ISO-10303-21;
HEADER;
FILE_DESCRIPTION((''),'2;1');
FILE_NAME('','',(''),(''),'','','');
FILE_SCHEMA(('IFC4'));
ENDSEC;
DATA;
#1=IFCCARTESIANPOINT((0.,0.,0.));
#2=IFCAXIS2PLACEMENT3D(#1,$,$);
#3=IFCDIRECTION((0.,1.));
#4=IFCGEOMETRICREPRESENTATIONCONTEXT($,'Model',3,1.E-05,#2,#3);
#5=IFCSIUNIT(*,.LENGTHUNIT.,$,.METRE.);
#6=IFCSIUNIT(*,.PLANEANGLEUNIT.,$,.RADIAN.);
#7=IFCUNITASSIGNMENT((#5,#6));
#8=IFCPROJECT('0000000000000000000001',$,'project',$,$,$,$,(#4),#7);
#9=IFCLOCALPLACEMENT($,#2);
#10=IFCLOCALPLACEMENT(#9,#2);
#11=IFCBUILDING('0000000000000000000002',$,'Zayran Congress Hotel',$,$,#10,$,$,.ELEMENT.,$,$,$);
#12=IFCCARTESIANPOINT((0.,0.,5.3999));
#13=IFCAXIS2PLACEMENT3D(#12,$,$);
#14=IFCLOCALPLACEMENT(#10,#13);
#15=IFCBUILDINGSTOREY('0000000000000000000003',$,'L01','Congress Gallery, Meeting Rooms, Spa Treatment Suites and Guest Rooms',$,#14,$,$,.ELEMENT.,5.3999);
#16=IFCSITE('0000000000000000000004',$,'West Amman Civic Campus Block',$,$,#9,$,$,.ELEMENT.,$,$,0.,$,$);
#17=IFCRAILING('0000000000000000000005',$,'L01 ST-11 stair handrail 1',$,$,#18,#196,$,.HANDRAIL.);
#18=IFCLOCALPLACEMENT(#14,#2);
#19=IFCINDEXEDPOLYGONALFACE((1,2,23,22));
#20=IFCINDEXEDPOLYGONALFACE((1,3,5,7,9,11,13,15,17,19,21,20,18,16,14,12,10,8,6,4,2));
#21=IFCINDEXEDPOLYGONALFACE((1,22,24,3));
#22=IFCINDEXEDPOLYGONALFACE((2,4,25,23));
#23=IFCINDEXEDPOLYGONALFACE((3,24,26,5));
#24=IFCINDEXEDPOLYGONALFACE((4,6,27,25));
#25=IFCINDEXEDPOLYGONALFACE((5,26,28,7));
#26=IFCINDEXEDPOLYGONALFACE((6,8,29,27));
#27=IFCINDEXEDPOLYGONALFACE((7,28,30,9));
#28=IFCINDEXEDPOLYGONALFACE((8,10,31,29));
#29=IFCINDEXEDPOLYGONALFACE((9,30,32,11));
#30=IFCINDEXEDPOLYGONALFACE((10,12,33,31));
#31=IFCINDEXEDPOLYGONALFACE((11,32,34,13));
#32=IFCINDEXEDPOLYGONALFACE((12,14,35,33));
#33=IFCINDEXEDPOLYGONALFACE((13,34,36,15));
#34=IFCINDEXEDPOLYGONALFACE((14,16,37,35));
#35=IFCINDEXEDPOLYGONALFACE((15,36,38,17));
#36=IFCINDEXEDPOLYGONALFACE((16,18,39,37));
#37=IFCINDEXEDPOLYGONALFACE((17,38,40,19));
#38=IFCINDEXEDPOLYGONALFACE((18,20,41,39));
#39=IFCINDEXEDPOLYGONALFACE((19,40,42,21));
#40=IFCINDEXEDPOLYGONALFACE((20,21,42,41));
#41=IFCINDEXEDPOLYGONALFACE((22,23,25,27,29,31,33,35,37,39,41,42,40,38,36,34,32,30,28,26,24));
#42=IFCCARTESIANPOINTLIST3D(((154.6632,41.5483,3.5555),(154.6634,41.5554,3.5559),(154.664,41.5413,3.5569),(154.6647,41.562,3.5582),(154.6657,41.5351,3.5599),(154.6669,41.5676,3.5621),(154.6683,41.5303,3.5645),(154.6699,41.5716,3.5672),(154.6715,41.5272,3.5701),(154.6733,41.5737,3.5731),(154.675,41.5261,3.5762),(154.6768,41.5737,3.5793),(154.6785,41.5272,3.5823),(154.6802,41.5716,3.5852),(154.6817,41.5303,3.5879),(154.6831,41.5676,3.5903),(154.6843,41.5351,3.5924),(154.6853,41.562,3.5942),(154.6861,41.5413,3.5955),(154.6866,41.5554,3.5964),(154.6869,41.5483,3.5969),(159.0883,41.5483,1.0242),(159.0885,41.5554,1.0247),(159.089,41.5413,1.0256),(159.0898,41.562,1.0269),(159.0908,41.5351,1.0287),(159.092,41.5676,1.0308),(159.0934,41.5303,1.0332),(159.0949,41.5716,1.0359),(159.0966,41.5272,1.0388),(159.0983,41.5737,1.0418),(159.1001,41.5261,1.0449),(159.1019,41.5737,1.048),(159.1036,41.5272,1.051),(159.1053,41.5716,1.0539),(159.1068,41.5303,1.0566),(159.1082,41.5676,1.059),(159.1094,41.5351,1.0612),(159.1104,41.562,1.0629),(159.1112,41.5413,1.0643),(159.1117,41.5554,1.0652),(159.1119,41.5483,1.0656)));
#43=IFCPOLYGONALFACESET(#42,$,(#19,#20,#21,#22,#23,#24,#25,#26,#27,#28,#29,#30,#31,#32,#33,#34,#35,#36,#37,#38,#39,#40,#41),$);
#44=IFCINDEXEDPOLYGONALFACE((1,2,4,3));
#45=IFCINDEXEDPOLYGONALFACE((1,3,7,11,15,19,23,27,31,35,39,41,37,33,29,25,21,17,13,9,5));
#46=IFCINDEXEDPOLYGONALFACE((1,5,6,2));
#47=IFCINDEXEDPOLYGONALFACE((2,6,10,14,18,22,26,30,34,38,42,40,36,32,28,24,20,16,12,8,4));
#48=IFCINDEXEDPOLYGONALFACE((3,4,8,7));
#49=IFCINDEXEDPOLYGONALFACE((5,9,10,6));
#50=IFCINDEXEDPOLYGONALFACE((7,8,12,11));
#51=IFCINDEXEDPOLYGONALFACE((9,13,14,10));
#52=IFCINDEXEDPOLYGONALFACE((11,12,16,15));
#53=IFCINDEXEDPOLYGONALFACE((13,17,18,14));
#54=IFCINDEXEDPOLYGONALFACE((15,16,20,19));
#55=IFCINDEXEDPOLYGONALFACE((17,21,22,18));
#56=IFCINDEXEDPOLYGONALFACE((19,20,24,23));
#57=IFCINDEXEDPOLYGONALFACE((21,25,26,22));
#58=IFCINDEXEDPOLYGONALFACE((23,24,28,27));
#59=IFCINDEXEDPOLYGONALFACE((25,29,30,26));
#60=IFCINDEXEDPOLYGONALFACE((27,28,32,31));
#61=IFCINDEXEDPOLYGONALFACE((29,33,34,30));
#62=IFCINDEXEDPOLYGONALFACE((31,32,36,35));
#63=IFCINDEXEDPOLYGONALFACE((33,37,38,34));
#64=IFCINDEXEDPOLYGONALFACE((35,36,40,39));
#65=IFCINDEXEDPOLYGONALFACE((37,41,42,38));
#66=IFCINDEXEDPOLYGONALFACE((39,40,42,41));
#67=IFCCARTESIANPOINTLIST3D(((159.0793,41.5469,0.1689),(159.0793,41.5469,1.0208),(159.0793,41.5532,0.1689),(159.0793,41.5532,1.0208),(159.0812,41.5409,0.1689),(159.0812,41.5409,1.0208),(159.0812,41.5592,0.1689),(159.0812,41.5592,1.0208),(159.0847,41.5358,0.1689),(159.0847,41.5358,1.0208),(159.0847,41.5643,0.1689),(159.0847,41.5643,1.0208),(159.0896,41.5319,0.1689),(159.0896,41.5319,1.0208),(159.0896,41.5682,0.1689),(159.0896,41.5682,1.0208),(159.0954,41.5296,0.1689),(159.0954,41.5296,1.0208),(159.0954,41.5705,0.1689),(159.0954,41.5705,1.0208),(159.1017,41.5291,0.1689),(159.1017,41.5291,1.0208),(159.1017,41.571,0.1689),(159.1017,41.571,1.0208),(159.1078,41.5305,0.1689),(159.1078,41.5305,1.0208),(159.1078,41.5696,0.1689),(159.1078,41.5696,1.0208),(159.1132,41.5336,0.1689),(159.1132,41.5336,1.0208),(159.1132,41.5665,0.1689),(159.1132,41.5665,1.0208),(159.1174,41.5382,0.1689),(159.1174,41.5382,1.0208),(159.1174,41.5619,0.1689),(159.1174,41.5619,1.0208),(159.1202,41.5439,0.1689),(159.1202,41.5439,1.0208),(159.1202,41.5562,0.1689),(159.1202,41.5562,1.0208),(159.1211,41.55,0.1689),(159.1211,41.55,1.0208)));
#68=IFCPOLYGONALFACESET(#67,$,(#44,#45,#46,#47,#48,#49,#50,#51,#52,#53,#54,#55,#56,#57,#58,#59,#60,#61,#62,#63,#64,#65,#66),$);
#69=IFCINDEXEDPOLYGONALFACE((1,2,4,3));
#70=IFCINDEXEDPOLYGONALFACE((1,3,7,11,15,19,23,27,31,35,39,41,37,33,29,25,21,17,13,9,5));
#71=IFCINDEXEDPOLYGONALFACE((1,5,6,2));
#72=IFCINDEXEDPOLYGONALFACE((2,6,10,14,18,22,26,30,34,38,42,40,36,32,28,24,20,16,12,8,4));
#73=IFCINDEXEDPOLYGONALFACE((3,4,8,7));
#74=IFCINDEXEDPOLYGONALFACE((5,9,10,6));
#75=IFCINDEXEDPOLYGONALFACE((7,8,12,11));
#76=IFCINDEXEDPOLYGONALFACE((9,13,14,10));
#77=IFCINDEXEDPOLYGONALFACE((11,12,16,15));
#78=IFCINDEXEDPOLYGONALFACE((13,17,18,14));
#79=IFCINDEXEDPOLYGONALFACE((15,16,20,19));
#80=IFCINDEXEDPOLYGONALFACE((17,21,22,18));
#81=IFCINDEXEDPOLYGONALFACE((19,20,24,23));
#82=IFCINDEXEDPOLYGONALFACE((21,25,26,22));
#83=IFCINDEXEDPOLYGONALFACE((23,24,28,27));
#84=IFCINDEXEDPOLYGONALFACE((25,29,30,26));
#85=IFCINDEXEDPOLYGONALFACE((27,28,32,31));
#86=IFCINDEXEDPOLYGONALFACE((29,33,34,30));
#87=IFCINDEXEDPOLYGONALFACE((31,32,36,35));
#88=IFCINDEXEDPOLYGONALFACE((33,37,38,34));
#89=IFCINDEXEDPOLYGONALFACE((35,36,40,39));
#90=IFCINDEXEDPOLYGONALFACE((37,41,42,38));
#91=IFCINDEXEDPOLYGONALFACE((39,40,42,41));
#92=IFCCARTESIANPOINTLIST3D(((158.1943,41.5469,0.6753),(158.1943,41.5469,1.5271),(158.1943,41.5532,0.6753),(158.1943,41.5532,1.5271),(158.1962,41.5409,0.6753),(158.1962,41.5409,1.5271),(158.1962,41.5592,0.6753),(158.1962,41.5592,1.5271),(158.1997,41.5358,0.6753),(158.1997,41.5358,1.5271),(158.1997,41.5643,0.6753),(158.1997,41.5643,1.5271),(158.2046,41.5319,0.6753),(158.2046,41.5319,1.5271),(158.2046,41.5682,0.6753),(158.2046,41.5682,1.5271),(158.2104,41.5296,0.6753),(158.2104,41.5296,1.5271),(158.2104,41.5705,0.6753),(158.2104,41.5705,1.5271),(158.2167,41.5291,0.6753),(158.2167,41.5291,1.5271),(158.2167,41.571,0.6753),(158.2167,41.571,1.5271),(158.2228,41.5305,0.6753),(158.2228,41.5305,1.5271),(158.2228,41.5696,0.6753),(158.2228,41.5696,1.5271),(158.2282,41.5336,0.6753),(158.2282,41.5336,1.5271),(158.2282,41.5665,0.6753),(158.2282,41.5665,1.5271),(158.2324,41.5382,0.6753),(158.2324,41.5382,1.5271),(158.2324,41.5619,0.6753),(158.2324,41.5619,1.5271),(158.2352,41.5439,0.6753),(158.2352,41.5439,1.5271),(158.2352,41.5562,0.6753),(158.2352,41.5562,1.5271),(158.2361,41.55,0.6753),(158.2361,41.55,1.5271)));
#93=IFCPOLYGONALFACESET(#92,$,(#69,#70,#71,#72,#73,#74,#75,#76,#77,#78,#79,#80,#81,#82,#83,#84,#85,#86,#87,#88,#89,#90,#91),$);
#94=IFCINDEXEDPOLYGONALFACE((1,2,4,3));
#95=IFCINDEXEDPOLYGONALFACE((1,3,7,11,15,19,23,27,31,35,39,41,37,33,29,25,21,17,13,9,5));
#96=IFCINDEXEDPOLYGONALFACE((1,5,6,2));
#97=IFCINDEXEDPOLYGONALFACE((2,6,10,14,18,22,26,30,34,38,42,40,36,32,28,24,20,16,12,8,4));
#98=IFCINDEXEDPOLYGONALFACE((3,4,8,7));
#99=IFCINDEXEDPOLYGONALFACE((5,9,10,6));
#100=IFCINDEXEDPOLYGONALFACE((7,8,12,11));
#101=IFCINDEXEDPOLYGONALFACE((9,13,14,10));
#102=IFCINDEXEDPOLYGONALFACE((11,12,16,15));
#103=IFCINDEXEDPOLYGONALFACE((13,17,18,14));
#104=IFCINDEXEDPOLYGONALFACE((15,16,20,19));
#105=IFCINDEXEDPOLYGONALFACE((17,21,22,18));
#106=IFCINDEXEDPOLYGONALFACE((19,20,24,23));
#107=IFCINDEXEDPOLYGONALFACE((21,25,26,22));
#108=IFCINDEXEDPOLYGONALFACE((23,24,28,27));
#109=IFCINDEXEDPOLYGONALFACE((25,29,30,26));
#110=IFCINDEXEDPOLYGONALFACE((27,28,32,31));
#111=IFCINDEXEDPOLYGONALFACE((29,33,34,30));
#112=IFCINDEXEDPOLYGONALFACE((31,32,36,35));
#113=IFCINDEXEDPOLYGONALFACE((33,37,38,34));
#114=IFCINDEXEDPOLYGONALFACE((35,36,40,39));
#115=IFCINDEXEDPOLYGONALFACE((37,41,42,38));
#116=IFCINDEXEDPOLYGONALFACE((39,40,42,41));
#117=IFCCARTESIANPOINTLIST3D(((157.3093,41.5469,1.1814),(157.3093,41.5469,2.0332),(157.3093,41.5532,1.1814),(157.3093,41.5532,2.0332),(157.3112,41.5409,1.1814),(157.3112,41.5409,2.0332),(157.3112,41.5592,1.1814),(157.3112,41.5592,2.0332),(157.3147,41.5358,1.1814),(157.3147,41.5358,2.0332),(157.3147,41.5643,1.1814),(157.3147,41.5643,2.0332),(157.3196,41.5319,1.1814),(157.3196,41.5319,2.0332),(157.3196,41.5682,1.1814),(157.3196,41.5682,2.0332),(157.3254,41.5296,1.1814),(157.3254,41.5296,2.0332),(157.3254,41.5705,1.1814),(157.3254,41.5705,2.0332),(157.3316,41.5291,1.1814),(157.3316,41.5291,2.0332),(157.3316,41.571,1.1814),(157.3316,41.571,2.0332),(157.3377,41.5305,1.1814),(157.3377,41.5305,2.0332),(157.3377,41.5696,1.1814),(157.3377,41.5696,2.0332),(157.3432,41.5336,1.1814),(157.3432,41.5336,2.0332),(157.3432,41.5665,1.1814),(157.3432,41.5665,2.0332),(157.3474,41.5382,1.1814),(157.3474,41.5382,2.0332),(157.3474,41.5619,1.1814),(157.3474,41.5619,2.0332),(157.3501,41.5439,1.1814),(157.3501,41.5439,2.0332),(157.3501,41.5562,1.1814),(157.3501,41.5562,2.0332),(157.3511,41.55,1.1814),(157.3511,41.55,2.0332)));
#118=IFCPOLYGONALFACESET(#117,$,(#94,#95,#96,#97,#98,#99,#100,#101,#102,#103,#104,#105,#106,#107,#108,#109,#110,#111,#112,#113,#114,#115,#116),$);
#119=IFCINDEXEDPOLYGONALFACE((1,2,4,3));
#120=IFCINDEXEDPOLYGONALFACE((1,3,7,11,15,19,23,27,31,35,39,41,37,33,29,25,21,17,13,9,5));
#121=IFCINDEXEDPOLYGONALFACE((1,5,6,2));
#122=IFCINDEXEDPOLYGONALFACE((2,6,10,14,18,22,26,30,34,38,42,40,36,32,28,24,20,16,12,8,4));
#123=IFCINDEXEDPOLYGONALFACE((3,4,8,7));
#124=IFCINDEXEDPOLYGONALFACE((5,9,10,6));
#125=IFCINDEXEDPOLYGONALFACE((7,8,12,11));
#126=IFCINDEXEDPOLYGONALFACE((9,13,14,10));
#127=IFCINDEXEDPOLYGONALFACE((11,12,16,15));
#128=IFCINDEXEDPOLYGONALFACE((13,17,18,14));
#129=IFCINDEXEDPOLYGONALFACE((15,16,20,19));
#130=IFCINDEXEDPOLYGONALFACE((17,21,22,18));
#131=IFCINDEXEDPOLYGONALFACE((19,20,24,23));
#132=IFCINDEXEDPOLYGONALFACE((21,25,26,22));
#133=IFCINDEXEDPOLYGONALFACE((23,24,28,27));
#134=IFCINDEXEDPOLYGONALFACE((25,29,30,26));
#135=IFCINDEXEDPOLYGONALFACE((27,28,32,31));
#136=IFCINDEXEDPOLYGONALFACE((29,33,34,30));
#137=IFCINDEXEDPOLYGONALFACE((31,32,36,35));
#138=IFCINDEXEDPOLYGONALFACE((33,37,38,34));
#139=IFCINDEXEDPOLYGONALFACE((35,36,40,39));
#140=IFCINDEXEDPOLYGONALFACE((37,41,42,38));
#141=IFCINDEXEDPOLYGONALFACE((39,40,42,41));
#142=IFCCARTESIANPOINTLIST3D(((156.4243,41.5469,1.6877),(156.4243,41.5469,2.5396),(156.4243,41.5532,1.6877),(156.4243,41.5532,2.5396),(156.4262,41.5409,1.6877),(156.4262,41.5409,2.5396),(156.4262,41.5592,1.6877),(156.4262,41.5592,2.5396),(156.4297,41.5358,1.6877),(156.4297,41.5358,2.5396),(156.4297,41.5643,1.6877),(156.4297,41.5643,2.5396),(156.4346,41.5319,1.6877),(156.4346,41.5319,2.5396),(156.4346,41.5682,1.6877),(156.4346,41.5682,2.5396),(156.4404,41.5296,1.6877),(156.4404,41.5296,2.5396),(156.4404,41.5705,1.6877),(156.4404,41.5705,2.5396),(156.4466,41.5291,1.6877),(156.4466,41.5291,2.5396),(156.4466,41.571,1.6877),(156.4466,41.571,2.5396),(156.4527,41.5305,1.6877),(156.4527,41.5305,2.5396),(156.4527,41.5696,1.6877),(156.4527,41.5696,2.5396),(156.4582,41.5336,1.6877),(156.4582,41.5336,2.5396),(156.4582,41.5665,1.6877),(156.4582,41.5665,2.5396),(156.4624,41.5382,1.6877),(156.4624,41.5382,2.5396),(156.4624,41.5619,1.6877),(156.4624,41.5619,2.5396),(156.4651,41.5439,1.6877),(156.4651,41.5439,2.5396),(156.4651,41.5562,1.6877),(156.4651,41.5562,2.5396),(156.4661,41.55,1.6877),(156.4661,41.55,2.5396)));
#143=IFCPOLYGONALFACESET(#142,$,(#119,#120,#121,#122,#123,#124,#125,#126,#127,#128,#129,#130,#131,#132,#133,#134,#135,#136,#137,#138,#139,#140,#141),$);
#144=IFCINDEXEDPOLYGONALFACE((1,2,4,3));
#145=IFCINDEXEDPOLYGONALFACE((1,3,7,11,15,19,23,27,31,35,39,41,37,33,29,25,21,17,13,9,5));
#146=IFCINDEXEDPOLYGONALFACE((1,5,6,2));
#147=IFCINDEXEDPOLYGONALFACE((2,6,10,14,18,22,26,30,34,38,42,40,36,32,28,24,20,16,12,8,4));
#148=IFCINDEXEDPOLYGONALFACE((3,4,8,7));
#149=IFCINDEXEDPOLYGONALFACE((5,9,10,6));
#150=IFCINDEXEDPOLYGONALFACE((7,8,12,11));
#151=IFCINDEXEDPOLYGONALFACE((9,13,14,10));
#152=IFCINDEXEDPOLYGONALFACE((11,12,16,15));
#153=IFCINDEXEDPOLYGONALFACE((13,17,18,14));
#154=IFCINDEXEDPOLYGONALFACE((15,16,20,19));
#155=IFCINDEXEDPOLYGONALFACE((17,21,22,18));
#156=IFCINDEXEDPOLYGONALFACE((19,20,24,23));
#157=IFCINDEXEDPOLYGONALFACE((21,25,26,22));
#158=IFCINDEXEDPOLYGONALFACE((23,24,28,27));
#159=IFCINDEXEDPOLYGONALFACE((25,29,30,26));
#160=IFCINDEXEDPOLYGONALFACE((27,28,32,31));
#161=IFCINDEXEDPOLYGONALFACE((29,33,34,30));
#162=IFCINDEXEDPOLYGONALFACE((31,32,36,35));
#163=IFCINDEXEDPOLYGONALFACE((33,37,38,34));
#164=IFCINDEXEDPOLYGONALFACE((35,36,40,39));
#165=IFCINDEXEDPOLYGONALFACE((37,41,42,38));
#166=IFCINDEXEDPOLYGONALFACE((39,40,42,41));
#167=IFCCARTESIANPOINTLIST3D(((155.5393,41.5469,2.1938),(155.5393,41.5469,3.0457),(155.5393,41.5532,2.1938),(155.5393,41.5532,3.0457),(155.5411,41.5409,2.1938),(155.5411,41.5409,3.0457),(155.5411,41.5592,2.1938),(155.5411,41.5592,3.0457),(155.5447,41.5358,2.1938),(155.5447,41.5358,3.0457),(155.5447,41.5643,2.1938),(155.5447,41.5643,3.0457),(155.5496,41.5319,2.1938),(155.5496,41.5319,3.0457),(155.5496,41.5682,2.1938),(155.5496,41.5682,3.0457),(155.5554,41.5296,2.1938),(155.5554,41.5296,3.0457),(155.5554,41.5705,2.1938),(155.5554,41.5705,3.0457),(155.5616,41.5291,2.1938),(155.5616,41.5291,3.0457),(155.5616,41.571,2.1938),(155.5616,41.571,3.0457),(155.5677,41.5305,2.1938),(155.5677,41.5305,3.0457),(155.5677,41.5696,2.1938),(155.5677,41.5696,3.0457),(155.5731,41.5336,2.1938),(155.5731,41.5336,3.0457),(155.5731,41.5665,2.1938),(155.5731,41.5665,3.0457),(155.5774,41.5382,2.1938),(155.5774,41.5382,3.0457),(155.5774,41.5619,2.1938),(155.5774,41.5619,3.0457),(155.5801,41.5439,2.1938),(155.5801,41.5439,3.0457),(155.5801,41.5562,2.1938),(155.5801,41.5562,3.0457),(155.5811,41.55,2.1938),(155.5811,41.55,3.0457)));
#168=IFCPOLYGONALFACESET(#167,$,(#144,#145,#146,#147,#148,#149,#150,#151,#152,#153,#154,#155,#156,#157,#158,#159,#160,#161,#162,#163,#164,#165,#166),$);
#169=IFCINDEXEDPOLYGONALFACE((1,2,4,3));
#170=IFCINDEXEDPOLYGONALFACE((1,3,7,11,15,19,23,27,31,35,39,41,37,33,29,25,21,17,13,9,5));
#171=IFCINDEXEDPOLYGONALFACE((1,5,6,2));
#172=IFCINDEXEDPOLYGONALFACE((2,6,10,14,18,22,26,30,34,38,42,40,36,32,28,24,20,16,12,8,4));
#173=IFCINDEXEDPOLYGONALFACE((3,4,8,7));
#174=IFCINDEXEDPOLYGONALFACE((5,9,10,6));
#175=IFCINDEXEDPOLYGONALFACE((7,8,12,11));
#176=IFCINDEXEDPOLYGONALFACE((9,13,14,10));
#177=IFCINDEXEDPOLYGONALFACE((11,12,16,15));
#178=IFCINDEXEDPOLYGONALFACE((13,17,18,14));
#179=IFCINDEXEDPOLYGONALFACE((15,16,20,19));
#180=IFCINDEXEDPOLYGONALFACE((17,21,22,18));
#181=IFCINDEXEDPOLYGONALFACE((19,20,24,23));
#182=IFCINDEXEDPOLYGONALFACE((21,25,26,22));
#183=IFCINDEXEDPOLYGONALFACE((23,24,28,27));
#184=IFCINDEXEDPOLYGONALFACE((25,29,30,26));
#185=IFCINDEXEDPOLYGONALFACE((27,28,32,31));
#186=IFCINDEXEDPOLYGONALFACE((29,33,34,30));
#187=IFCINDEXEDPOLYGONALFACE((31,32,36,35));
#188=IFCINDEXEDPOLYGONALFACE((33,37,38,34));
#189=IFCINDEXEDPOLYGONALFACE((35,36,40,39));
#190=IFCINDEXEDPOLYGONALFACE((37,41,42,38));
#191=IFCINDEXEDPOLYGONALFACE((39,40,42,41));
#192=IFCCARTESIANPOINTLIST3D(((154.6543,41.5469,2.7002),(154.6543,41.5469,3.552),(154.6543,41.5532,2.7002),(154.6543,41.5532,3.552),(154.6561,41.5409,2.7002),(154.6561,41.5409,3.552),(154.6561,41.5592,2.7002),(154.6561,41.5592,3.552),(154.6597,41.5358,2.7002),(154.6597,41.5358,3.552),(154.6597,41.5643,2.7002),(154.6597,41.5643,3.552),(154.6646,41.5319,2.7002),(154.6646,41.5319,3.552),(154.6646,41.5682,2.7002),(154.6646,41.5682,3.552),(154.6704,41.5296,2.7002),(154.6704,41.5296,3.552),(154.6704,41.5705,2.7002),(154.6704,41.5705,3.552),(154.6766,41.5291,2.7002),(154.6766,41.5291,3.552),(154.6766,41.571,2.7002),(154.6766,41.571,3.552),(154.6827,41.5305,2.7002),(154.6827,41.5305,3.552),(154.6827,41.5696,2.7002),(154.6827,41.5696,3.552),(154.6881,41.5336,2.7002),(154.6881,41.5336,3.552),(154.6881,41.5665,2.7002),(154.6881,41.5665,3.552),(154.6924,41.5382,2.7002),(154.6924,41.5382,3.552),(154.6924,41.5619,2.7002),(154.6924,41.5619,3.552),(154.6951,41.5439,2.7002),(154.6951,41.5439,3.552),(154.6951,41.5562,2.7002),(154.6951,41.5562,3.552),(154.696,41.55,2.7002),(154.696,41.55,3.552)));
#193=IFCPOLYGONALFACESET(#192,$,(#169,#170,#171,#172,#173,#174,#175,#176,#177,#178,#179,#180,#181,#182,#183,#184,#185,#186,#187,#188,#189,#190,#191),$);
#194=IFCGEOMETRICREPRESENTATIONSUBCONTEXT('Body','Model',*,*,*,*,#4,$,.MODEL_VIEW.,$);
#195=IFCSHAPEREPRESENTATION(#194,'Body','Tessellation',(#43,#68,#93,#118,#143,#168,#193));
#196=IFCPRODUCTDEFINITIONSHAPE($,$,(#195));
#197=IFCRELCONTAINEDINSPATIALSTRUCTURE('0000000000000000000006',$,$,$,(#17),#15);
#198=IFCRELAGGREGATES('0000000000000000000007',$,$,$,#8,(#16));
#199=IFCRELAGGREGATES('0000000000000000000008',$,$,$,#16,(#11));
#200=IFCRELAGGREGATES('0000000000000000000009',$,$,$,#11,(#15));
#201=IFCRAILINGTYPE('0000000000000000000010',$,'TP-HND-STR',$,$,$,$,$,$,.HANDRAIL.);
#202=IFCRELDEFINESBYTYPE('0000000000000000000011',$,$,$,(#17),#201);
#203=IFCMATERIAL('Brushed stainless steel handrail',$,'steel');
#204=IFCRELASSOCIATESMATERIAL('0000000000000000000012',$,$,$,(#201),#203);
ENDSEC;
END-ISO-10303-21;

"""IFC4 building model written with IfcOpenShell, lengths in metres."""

from ifc_helpers import new_model, si_unit, direction, frame, origin, origin_2d, place, context, subcontext, project, spatial, circle, extrude, material, type_object, element, save


model = new_model("IFC4")

# Units and contexts
model_context = context("Model", 3, precision=1e-05, world=origin(), true_north=direction((0.0, 1.0)))
body_context = subcontext(model_context, "Body", "Model", "MODEL_VIEW")
ifc_project = project(units=[si_unit("LENGTHUNIT", "METRE"), si_unit("PLANEANGLEUNIT", "RADIAN")], contexts=[model_context])

# Site, building, storey
site_placement = place(None, origin())
site = spatial("IfcSite", under=ifc_project, at=site_placement, Name="West Amman Civic Campus Block", CompositionType="ELEMENT", RefElevation=0.0)
building_placement = place(site_placement, origin())
building = spatial("IfcBuilding", under=site, at=building_placement, Name="Zayran Congress Hotel", CompositionType="ELEMENT")
storey_placement = place(building_placement, frame((0.0, 0.0, 5.3999)))
storey = spatial("IfcBuildingStorey", under=building, at=storey_placement, Name="L01", Description="Congress Gallery, Meeting Rooms, Spa Treatment Suites and Guest Rooms", CompositionType="ELEMENT", Elevation=5.3999)

# Railing
ifc_material_1 = material(Name="Brushed stainless steel handrail", Category="steel")
railing_type_1 = type_object("IfcRailingType", Name="TP-HND-STR", PredefinedType="HANDRAIL", material=ifc_material_1)
railing_1_placement = place(storey_placement, frame((159.1001, 41.55, 0.1689)))
element("IfcRailing", 1, at=railing_1_placement, inside=storey, type_object=railing_type_1, Name="L01 ST-11 stair handrail 1", PredefinedType="HANDRAIL", context=body_context, shape_type="SweptSolid", body=[
    extrude(circle(Radius=0.0239, at=origin_2d()), frame((0.0, 0.0, 0.876), z_axis=(-0.868019, 0.0, 0.496531), x_axis=(0.0, -1.0, 0.0)), (0.0, 0.0, 1.0), 5.0979),
    extrude(circle(Radius=0.021, at=origin_2d()), origin(), (0.0, 0.0, 1.0), 0.8518),
    extrude(circle(Radius=0.021, at=origin_2d()), frame((-0.885, 0.0, 0.5063)), (0.0, 0.0, 1.0), 0.8518),
    extrude(circle(Radius=0.021, at=origin_2d()), frame((-1.77, 0.0, 1.0125)), (0.0, 0.0, 1.0), 0.8518),
    extrude(circle(Radius=0.021, at=origin_2d()), frame((-2.655, 0.0, 1.5188)), (0.0, 0.0, 1.0), 0.8518),
    extrude(circle(Radius=0.021, at=origin_2d()), frame((-3.54, 0.0, 2.0249)), (0.0, 0.0, 1.0), 0.8518),
    extrude(circle(Radius=0.021, at=origin_2d()), frame((-4.425, 0.0, 2.5312)), (0.0, 0.0, 1.0), 0.8518),
])

save(model, "model.ifc")
